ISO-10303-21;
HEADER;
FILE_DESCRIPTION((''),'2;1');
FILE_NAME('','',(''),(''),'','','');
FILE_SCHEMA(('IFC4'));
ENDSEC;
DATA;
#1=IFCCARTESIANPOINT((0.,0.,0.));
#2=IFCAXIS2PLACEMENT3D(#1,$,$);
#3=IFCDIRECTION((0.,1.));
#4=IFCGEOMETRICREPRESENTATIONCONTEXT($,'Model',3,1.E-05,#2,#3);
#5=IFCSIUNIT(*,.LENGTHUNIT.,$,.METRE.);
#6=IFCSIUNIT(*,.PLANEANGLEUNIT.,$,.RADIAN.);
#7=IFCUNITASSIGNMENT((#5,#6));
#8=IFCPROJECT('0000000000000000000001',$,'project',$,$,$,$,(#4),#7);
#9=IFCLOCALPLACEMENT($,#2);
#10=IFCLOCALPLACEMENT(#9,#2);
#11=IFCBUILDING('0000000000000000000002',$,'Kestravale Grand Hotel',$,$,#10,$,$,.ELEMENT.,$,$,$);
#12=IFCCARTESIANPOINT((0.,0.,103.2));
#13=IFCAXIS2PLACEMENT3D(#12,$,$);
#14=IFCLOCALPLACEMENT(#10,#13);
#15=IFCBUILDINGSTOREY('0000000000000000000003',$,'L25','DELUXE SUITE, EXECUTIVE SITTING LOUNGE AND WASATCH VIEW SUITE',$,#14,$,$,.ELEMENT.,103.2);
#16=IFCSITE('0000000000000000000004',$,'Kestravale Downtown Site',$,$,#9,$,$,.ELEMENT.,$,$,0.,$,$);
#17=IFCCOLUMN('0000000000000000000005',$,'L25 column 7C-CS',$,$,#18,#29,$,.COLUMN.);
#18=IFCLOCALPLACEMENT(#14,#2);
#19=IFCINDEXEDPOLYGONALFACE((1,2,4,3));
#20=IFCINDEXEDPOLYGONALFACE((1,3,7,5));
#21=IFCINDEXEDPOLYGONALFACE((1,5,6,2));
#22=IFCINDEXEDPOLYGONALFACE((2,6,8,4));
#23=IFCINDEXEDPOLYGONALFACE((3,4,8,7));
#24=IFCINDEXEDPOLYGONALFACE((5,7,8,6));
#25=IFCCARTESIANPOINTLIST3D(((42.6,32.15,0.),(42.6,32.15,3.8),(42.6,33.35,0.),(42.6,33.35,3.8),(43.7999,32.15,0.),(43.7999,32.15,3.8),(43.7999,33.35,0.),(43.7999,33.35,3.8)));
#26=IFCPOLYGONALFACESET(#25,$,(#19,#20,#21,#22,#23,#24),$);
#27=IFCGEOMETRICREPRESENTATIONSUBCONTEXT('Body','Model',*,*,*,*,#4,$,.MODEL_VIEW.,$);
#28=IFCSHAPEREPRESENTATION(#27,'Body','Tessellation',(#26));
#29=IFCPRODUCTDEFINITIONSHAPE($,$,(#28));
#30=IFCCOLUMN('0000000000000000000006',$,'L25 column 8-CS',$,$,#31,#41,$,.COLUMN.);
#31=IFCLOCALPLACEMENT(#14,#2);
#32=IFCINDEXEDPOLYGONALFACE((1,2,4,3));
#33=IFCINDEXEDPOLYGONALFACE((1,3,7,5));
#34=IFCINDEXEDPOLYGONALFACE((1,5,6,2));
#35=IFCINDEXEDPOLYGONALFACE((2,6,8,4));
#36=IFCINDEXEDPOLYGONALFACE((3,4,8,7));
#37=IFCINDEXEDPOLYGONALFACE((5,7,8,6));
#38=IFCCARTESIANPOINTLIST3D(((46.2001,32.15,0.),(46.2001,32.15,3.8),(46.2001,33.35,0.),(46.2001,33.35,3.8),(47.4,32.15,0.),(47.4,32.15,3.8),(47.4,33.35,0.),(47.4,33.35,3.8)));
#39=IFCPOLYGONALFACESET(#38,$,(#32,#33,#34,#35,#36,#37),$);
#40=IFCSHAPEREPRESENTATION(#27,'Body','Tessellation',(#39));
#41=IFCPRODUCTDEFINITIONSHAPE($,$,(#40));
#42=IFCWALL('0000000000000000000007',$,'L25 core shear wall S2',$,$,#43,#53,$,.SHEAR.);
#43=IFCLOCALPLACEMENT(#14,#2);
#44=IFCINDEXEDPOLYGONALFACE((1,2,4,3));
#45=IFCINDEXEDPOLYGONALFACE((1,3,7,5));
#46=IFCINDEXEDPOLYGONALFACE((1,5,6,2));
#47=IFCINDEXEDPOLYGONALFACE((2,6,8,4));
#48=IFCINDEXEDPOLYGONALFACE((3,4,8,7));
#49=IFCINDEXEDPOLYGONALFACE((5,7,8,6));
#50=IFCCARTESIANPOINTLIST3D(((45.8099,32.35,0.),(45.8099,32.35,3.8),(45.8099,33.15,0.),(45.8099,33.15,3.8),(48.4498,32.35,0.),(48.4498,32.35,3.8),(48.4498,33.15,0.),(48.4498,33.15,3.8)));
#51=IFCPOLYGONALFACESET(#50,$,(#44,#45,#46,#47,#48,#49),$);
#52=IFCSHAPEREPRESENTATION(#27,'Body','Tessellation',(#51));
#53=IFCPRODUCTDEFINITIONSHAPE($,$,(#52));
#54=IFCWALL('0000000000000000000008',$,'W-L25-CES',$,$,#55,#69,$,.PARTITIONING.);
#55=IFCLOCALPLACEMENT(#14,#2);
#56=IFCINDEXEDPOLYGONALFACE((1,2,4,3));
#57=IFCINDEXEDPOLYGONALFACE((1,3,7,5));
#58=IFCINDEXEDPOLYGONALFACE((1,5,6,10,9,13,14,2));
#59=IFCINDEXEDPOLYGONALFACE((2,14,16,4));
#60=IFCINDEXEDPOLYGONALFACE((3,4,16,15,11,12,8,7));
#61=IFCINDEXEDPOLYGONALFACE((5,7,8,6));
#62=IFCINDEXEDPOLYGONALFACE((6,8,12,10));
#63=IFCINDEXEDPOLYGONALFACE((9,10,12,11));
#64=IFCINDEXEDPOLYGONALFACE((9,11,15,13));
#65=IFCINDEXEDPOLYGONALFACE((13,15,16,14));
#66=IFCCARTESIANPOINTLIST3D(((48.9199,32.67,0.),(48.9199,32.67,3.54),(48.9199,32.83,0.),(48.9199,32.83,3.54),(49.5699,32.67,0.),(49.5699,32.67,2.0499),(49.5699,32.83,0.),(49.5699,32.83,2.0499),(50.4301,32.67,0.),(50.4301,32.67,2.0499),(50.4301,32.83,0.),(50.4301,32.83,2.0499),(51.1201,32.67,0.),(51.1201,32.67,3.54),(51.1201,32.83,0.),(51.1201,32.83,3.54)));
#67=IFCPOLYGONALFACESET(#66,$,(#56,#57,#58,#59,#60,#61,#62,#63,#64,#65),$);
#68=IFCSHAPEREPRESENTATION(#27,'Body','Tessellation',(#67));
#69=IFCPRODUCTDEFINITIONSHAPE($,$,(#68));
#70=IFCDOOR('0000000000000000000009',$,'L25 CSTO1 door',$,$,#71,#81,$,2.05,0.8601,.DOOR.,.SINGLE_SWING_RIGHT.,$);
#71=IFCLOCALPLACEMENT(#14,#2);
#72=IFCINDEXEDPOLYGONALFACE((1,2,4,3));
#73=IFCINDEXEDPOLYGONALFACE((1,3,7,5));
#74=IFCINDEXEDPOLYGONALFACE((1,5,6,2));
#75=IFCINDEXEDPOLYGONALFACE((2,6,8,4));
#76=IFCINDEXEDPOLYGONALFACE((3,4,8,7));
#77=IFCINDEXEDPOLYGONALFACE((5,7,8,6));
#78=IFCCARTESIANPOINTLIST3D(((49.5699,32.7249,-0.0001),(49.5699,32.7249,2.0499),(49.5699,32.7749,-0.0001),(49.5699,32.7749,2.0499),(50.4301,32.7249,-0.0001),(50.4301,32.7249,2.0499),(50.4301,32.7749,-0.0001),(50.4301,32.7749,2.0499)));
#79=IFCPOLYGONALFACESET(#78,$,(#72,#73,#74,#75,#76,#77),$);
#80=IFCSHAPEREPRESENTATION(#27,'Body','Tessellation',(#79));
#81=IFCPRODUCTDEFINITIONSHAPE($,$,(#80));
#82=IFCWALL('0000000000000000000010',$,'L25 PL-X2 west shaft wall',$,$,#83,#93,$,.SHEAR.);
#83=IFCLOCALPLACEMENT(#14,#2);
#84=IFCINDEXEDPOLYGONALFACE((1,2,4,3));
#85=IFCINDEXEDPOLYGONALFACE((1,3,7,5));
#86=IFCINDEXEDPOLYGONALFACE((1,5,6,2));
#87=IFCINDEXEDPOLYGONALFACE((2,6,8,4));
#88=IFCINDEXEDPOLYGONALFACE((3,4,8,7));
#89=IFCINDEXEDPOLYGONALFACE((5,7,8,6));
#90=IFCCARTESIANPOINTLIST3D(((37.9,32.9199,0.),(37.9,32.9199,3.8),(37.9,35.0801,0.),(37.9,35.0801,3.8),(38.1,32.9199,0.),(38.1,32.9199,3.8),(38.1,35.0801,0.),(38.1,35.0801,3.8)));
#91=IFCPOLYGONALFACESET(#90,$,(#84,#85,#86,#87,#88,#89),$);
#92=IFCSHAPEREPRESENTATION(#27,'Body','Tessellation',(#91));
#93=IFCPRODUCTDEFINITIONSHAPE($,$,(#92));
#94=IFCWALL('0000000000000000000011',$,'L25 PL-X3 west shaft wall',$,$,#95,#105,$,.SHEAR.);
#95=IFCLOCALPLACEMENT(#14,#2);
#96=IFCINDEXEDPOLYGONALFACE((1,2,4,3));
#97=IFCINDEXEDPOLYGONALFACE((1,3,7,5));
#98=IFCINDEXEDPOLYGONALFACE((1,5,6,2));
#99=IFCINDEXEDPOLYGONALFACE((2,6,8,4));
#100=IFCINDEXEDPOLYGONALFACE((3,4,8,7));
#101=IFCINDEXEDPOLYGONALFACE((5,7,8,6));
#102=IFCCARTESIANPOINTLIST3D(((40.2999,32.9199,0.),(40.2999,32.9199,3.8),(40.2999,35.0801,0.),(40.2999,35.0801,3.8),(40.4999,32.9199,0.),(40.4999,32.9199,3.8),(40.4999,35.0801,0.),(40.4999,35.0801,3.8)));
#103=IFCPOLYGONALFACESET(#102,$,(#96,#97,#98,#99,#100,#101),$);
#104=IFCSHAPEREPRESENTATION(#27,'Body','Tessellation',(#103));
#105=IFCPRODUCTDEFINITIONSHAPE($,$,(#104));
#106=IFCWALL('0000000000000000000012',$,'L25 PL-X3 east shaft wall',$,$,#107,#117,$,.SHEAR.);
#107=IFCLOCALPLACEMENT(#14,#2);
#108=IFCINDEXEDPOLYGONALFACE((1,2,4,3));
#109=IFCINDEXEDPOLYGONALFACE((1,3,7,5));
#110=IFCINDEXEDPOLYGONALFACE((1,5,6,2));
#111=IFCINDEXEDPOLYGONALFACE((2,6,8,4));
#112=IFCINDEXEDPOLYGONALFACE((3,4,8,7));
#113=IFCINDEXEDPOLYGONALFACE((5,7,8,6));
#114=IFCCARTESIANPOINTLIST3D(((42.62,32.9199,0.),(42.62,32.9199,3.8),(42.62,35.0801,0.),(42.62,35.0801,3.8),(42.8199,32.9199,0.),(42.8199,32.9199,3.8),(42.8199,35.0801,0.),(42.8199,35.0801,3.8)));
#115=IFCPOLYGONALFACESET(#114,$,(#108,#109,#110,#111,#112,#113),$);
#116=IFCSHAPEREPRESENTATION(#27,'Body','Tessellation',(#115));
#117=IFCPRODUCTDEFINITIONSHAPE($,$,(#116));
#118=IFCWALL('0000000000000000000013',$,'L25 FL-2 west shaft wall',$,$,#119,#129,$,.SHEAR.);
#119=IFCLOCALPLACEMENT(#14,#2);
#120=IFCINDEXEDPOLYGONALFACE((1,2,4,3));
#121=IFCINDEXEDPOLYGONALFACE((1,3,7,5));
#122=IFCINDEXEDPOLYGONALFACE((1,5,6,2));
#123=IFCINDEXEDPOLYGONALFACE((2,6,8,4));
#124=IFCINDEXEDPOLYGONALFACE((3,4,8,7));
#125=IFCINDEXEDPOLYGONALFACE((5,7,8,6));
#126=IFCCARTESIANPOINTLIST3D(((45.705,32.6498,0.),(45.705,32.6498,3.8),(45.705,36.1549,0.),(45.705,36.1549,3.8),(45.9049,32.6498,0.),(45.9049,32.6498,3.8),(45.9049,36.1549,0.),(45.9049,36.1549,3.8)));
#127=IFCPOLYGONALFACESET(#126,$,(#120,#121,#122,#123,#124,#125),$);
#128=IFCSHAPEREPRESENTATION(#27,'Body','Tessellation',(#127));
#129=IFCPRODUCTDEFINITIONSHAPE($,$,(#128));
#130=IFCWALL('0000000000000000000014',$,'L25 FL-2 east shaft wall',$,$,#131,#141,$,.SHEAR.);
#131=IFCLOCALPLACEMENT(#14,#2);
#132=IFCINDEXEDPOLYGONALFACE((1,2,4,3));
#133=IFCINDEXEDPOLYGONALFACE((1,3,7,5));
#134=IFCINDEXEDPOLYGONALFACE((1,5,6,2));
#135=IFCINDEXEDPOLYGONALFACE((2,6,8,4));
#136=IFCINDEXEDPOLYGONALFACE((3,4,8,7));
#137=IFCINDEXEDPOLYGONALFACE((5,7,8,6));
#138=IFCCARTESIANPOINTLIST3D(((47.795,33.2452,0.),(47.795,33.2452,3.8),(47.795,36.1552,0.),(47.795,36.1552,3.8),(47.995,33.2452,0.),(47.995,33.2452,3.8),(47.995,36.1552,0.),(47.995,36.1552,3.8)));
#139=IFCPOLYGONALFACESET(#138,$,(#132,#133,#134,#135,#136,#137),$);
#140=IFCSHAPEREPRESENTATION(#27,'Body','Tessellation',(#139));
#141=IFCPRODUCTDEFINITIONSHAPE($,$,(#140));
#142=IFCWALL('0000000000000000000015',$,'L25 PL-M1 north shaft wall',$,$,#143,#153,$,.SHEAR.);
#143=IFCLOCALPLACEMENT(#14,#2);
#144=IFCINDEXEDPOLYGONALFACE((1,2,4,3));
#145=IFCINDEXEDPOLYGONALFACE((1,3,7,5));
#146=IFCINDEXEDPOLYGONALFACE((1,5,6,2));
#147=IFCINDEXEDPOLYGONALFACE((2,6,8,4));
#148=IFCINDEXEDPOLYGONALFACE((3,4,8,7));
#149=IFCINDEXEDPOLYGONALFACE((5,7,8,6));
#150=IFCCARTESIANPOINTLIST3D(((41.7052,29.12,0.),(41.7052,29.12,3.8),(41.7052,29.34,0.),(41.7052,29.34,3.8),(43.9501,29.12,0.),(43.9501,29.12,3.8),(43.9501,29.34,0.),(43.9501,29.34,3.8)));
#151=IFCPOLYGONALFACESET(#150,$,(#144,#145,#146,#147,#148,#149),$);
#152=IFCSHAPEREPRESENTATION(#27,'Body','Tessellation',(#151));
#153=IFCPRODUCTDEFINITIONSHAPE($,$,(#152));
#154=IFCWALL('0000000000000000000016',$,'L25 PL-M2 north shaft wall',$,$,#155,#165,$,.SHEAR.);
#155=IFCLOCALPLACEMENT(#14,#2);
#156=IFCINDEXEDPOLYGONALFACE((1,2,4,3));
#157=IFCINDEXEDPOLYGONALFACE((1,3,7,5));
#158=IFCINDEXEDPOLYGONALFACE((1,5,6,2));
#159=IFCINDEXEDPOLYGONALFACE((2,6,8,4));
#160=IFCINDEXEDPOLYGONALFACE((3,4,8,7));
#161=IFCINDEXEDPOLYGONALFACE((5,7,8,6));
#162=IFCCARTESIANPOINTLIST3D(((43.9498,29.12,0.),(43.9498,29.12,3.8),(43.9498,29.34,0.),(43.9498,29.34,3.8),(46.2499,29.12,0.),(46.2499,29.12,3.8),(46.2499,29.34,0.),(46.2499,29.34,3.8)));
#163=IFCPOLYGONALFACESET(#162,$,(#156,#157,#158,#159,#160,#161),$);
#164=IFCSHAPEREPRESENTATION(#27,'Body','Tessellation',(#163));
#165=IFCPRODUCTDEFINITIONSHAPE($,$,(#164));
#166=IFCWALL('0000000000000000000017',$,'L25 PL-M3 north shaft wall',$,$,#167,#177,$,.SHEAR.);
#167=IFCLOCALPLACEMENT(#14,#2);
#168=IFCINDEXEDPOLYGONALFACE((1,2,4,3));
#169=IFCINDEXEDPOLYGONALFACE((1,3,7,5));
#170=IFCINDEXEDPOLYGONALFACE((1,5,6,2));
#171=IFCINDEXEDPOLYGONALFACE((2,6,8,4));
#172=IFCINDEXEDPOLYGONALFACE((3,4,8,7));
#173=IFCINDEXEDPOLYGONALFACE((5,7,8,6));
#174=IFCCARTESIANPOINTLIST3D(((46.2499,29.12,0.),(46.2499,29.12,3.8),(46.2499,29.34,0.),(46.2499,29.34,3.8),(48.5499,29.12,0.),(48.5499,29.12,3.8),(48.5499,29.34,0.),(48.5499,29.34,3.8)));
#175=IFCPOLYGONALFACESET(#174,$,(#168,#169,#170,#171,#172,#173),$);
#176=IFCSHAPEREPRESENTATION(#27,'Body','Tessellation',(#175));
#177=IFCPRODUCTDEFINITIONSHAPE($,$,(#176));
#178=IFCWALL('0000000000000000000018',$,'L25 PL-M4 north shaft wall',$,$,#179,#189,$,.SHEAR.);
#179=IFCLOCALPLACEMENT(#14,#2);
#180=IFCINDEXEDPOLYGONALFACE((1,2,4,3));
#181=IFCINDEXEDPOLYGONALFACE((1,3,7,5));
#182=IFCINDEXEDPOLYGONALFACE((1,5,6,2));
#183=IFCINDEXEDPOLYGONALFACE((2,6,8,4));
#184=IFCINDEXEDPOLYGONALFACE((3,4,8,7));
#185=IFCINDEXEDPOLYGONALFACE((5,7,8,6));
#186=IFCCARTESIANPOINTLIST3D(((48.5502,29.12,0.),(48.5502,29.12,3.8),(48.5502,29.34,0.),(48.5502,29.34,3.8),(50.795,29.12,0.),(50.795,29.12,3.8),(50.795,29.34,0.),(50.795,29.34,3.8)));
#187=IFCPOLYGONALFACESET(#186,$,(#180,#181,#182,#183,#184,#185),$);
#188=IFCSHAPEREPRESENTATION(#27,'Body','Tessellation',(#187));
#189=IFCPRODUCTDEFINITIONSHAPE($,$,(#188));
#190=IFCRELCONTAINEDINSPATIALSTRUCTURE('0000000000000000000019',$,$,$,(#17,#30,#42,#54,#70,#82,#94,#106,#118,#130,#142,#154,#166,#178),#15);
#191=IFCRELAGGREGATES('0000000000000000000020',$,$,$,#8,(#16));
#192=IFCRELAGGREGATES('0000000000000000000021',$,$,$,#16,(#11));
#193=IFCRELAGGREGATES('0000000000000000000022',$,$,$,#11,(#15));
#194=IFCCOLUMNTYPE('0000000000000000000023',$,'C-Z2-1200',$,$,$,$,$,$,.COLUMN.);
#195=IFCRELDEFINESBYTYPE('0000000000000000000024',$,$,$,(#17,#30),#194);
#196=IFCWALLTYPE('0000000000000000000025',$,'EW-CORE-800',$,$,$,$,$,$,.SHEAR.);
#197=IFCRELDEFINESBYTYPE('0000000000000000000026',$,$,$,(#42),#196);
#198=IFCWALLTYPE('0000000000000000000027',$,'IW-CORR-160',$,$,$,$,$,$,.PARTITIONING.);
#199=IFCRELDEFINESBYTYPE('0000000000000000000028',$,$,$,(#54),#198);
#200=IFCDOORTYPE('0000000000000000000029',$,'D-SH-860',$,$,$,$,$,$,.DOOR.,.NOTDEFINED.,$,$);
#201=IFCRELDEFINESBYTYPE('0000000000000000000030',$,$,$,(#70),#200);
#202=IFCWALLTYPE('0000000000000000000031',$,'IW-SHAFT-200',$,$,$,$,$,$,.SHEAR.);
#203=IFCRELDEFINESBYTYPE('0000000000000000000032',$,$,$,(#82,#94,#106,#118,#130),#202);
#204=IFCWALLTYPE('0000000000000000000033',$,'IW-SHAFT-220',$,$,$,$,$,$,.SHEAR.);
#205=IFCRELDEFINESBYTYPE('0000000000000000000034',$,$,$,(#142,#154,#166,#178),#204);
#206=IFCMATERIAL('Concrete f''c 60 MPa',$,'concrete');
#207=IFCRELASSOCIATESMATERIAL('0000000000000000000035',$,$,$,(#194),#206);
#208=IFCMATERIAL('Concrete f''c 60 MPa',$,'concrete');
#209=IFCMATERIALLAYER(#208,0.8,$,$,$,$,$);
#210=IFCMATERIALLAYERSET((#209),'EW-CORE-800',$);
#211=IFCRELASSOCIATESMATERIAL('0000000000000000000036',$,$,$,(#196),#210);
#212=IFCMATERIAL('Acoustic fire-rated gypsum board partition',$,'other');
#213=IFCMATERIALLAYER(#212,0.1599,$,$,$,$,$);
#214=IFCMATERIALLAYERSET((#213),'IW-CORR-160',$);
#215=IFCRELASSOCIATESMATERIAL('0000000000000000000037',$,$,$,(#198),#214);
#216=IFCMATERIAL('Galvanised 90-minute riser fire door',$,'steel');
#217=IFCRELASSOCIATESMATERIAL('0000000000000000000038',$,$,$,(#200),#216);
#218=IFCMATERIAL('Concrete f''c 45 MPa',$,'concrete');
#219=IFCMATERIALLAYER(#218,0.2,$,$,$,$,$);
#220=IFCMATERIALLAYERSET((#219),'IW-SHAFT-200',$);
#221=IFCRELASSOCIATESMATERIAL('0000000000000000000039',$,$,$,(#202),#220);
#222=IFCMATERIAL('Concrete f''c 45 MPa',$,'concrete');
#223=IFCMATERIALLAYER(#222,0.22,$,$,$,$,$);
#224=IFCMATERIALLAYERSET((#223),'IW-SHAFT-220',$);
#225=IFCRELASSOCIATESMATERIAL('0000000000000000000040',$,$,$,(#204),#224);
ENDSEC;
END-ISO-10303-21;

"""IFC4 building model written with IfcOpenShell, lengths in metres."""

from ifc_helpers import new_model, si_unit, direction, frame, frame_2d, origin, origin_2d, place, context, subcontext, project, spatial, rectangle, extrude, material, layer, layer_set, material_profile, profile_set, type_object, element, fill, save


model = new_model("IFC4")

# Units and contexts
model_context = context("Model", 3, precision=1e-05, world=origin(), true_north=direction((0.0, 1.0)))
body_context = subcontext(model_context, "Body", "Model", "MODEL_VIEW")
ifc_project = project(units=[si_unit("LENGTHUNIT", "METRE"), si_unit("PLANEANGLEUNIT", "RADIAN")], contexts=[model_context])

# Site, building, storey
site_placement = place(None, origin())
site = spatial("IfcSite", under=ifc_project, at=site_placement, Name="Kestravale Downtown Site", CompositionType="ELEMENT", RefElevation=0.0)
building_placement = place(site_placement, origin())
building = spatial("IfcBuilding", under=site, at=building_placement, Name="Kestravale Grand Hotel", CompositionType="ELEMENT")
storey_placement = place(building_placement, frame((0.0, 0.0, 103.2)))
storey = spatial("IfcBuildingStorey", under=building, at=storey_placement, Name="L25", Description="DELUXE SUITE, EXECUTIVE SITTING LOUNGE AND WASATCH VIEW SUITE", CompositionType="ELEMENT", Elevation=103.2)

# Columns
ifc_material_1 = material(Name="Concrete f'c 60 MPa", Category="concrete")
ifc_material_profile = material_profile(ifc_material_1, rectangle(XDim=1.2, YDim=1.2, at=origin_2d()))
ifc_profile_set = profile_set([ifc_material_profile], Name="Concrete f'c 60 MPa")
column_type = type_object("IfcColumnType", Name="C-Z2-1200", PredefinedType="COLUMN", material=ifc_profile_set)
for number, where, z_axis, x_axis, name in (
    (1, (43.2, 32.75, 0.0), (0.0, 0.0, 1.0), (1.0, 0.0, 0.0), "L25 column 7C-CS"),
    (2, (46.8, 32.75, 0.0), (0.0, 0.0, 1.0), (1.0, 0.0, 0.0), "L25 column 8-CS"),
):
    element("IfcColumn", number, at=place(storey_placement, frame(where, z_axis=z_axis, x_axis=x_axis)), inside=storey, type_object=column_type, Name=name, PredefinedType="COLUMN", context=body_context, shape_type="SweptSolid", body=[
        extrude(rectangle(XDim=1.2, YDim=1.2, at=origin_2d()), origin(), (0.0, 0.0, 1.0), 3.8),
    ])

# Wall
ifc_material_2 = material(Name="Concrete f'c 60 MPa", Category="concrete")
ifc_layer_1 = layer(ifc_material_2, 0.8)
ifc_layer_set_1 = layer_set([ifc_layer_1], Name="EW-CORE-800")
wall_type_1 = type_object("IfcWallType", Name="EW-CORE-800", PredefinedType="SHEAR", material=ifc_layer_set_1)
wall_1_placement = place(storey_placement, frame((45.8101, 32.75, 0.0), z_axis=(0.0, 0.0, 1.0), x_axis=(1.0, 0.0, 0.0)))
element("IfcWall", 3, at=wall_1_placement, inside=storey, type_object=wall_type_1, Name="L25 core shear wall S2", PredefinedType="SHEAR", context=body_context, shape_type="SweptSolid", body=[
    extrude(rectangle(XDim=2.6399, YDim=0.8, at=frame_2d((1.3198, 0.0))), origin(), (0.0, 0.0, 1.0), 3.8),
])

# Wall, opening, door
ifc_material_3 = material(Name="Acoustic fire-rated gypsum board partition", Category="other")
ifc_layer_2 = layer(ifc_material_3, 0.1599)
ifc_layer_set_2 = layer_set([ifc_layer_2], Name="IW-CORR-160")
wall_type_2 = type_object("IfcWallType", Name="IW-CORR-160", PredefinedType="PARTITIONING", material=ifc_layer_set_2)
wall_2_placement = place(storey_placement, frame((48.9199, 32.75, 0.0), z_axis=(0.0, 0.0, 1.0), x_axis=(1.0, 0.0, 0.0)))
wall_2 = element("IfcWall", 4, at=wall_2_placement, inside=storey, type_object=wall_type_2, Name="W-L25-CES", PredefinedType="PARTITIONING", context=body_context, shape_type="SweptSolid", body=[
    extrude(rectangle(XDim=2.2002, YDim=0.1599, at=frame_2d((1.1001, 0.0))), origin(), (0.0, 0.0, 1.0), 3.54),
])
opening_1_placement = place(wall_2_placement, frame((0.6499, 0.0, 0.0)))
opening_1 = element("IfcOpeningElement", 5, at=opening_1_placement, cuts=wall_2, PredefinedType="OPENING", context=body_context, shape_type="SweptSolid", body=[
    extrude(rectangle(XDim=0.8601, YDim=2.05, at=frame_2d((0.4302, 1.0249))), frame((0.0, 0.0898, 0.0), z_axis=(0.0, -1.0, 0.0), x_axis=(1.0, 0.0, 0.0)), (0.0, 0.0, 1.0), 0.1799),
])
ifc_material_4 = material(Name="Galvanised 90-minute riser fire door", Category="steel")
door_type_1 = type_object("IfcDoorType", Name="D-SH-860", OperationType="NOTDEFINED", PredefinedType="DOOR", material=ifc_material_4)
door_1_placement = place(opening_1_placement, origin())
door_1 = element("IfcDoor", 6, at=door_1_placement, inside=storey, type_object=door_type_1, Name="L25 CSTO1 door", OperationType="SINGLE_SWING_RIGHT", OverallHeight=2.05, OverallWidth=0.8601, PredefinedType="DOOR", context=body_context, shape_type="SweptSolid", body=[
    extrude(rectangle(XDim=0.8601, YDim=2.05, at=frame_2d((0.4302, 1.0249))), frame((0.0, 0.0249, 0.0), z_axis=(0.0, -1.0, 0.0), x_axis=(1.0, 0.0, 0.0)), (0.0, 0.0, 1.0), 0.05),
])
fill(opening_1, door_1)

# Walls
ifc_material_5 = material(Name="Concrete f'c 45 MPa", Category="concrete")
ifc_layer_3 = layer(ifc_material_5, 0.2)
ifc_layer_set_3 = layer_set([ifc_layer_3], Name="IW-SHAFT-200")
wall_type_3 = type_object("IfcWallType", Name="IW-SHAFT-200", PredefinedType="SHEAR", material=ifc_layer_set_3)
for number, where, z_axis, x_axis, name in (
    (7, (38.0, 32.9199, 0.0), (0.0, 0.0, 1.0), (0.0, 1.0, 0.0), "L25 PL-X2 west shaft wall"),
    (8, (40.3999, 32.9199, 0.0), (0.0, 0.0, 1.0), (0.0, 1.0, 0.0), "L25 PL-X3 west shaft wall"),
    (9, (42.72, 32.9199, 0.0), (0.0, 0.0, 1.0), (0.0, 1.0, 0.0), "L25 PL-X3 east shaft wall"),
):
    element("IfcWall", number, at=place(storey_placement, frame(where, z_axis=z_axis, x_axis=x_axis)), inside=storey, type_object=wall_type_3, Name=name, PredefinedType="SHEAR", context=body_context, shape_type="SweptSolid", body=[
        extrude(rectangle(XDim=2.1602, YDim=0.2, at=frame_2d((1.0801, 0.0))), origin(), (0.0, 0.0, 1.0), 3.8),
    ])
wall_3_placement = place(storey_placement, frame((45.8049, 32.6499, 0.0), z_axis=(0.0, 0.0, 1.0), x_axis=(0.0, 1.0, 0.0)))
element("IfcWall", 10, at=wall_3_placement, inside=storey, type_object=wall_type_3, Name="L25 FL-2 west shaft wall", PredefinedType="SHEAR", context=body_context, shape_type="SweptSolid", body=[
    extrude(rectangle(XDim=3.5051, YDim=0.2, at=frame_2d((1.7524, 0.0))), origin(), (0.0, 0.0, 1.0), 3.8),
])
wall_4_placement = place(storey_placement, frame((47.895, 33.2451, 0.0), z_axis=(0.0, 0.0, 1.0), x_axis=(0.0, 1.0, 0.0)))
element("IfcWall", 11, at=wall_4_placement, inside=storey, type_object=wall_type_3, Name="L25 FL-2 east shaft wall", PredefinedType="SHEAR", context=body_context, shape_type="SweptSolid", body=[
    extrude(rectangle(XDim=2.9099, YDim=0.2, at=frame_2d((1.4551, 0.0))), origin(), (0.0, 0.0, 1.0), 3.8),
])
ifc_material_6 = material(Name="Concrete f'c 45 MPa", Category="concrete")
ifc_layer_4 = layer(ifc_material_6, 0.22)
ifc_layer_set_4 = layer_set([ifc_layer_4], Name="IW-SHAFT-220")
wall_type_4 = type_object("IfcWallType", Name="IW-SHAFT-220", PredefinedType="SHEAR", material=ifc_layer_set_4)
wall_5_placement = place(storey_placement, frame((41.7051, 29.23, 0.0), z_axis=(0.0, 0.0, 1.0), x_axis=(1.0, 0.0, 0.0)))
element("IfcWall", 12, at=wall_5_placement, inside=storey, type_object=wall_type_4, Name="L25 PL-M1 north shaft wall", PredefinedType="SHEAR", context=body_context, shape_type="SweptSolid", body=[
    extrude(rectangle(XDim=2.2449, YDim=0.22, at=frame_2d((1.1226, 0.0))), origin(), (0.0, 0.0, 1.0), 3.8),
])
for number, where, z_axis, x_axis, name in (
    (13, (43.95, 29.23, 0.0), (0.0, 0.0, 1.0), (1.0, 0.0, 0.0), "L25 PL-M2 north shaft wall"),
    (14, (46.25, 29.23, 0.0), (0.0, 0.0, 1.0), (1.0, 0.0, 0.0), "L25 PL-M3 north shaft wall"),
):
    element("IfcWall", number, at=place(storey_placement, frame(where, z_axis=z_axis, x_axis=x_axis)), inside=storey, type_object=wall_type_4, Name=name, PredefinedType="SHEAR", context=body_context, shape_type="SweptSolid", body=[
        extrude(rectangle(XDim=2.3, YDim=0.22, at=frame_2d((1.1499, 0.0))), origin(), (0.0, 0.0, 1.0), 3.8),
    ])
wall_6_placement = place(storey_placement, frame((48.55, 29.23, 0.0), z_axis=(0.0, 0.0, 1.0), x_axis=(1.0, 0.0, 0.0)))
element("IfcWall", 15, at=wall_6_placement, inside=storey, type_object=wall_type_4, Name="L25 PL-M4 north shaft wall", PredefinedType="SHEAR", context=body_context, shape_type="SweptSolid", body=[
    extrude(rectangle(XDim=2.2449, YDim=0.22, at=frame_2d((1.1226, 0.0))), origin(), (0.0, 0.0, 1.0), 3.8),
])

save(model, "model.ifc")
